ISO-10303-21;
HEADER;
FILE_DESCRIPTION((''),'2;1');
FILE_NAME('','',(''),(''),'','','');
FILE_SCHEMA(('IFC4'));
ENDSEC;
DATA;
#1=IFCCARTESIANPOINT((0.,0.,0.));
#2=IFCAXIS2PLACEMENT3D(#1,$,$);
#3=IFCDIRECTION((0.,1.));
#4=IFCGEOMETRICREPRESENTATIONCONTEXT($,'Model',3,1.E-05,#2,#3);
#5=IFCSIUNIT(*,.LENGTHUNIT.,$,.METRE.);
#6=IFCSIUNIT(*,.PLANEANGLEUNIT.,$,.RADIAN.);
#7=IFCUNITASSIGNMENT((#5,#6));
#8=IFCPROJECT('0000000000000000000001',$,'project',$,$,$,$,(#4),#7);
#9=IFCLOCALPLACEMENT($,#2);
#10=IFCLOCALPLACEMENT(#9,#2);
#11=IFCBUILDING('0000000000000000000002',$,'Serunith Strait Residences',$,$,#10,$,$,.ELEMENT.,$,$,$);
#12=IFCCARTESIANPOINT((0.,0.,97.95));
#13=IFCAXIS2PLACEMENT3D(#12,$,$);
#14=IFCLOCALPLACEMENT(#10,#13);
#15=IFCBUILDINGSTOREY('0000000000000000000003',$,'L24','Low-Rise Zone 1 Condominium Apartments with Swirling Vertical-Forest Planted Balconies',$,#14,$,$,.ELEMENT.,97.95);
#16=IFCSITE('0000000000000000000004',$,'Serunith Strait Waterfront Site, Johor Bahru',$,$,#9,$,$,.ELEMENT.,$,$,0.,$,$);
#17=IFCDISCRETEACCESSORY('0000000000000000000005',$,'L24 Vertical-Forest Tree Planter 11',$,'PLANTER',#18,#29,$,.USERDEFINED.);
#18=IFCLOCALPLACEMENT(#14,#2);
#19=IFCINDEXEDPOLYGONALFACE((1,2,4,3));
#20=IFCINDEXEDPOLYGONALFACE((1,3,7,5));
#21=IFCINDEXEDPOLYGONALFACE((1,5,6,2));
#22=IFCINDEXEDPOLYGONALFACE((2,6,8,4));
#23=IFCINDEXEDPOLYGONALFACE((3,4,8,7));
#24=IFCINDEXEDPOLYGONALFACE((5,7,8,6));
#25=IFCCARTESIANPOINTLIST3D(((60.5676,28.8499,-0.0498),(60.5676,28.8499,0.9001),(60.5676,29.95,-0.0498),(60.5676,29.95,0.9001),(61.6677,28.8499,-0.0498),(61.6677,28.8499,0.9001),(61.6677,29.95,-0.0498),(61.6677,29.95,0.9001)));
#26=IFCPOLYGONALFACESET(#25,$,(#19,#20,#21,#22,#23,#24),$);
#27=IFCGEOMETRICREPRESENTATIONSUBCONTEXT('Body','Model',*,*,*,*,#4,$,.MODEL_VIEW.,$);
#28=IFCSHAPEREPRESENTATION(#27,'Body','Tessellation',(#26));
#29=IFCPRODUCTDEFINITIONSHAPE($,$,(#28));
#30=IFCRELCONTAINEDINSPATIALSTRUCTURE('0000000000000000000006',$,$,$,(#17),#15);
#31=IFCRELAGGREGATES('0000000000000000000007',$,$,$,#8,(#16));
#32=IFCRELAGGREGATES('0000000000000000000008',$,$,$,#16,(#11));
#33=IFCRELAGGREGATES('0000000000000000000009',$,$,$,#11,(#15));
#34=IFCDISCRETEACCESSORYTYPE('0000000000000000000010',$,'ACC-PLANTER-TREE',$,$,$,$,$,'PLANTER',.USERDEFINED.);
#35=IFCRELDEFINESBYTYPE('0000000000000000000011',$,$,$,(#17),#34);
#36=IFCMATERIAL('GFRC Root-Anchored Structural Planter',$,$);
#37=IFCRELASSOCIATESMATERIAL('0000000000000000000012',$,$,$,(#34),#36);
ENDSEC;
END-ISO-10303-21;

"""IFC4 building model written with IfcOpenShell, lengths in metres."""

from ifc_helpers import new_model, si_unit, direction, frame, origin, origin_2d, place, context, subcontext, project, spatial, rectangle, extrude, source, transform, mapped, material, type_object, element, save


model = new_model("IFC4")

# Units and contexts
model_context = context("Model", 3, precision=1e-05, world=origin(), true_north=direction((0.0, 1.0)))
body_context = subcontext(model_context, "Body", "Model", "MODEL_VIEW")
ifc_project = project(units=[si_unit("LENGTHUNIT", "METRE"), si_unit("PLANEANGLEUNIT", "RADIAN")], contexts=[model_context])

# Site, building, storey
site_placement = place(None, origin())
site = spatial("IfcSite", under=ifc_project, at=site_placement, Name="Serunith Strait Waterfront Site, Johor Bahru", CompositionType="ELEMENT", RefElevation=0.0)
building_placement = place(site_placement, origin())
building = spatial("IfcBuilding", under=site, at=building_placement, Name="Serunith Strait Residences", CompositionType="ELEMENT")
storey_placement = place(building_placement, frame((0.0, 0.0, 97.95)))
storey = spatial("IfcBuildingStorey", under=building, at=storey_placement, Name="L24", Description="Low-Rise Zone 1 Condominium Apartments with Swirling Vertical-Forest Planted Balconies", CompositionType="ELEMENT", Elevation=97.95)

# Discrete accessory
ifc_material_1 = material(Name="GFRC Root-Anchored Structural Planter")
discrete_accessory_type = type_object("IfcDiscreteAccessoryType", Name="ACC-PLANTER-TREE", ElementType="PLANTER", PredefinedType="USERDEFINED", material=ifc_material_1)
shared_shape_1 = source(origin(), body_context, "Body", "SweptSolid", [
    extrude(rectangle(XDim=1.1001, YDim=1.1001, at=origin_2d()), origin(), (0.0, 0.0, 1.0), 0.95),
])
discrete_accessory_placement = place(storey_placement, frame((61.1177, 29.3999, -0.0498), z_axis=(0.0, 0.0, 1.0), x_axis=(0.0, 1.0, 0.0)))
element("IfcDiscreteAccessory", 1, at=discrete_accessory_placement, inside=storey, type_object=discrete_accessory_type, Name="L24 Vertical-Forest Tree Planter 11", ObjectType="PLANTER", PredefinedType="USERDEFINED", context=body_context, shape_type="MappedRepresentation", body=[
    mapped(shared_shape_1, transform((0.0, 0.0, 0.0), scale=1.0)),
])

save(model, "model.ifc")
